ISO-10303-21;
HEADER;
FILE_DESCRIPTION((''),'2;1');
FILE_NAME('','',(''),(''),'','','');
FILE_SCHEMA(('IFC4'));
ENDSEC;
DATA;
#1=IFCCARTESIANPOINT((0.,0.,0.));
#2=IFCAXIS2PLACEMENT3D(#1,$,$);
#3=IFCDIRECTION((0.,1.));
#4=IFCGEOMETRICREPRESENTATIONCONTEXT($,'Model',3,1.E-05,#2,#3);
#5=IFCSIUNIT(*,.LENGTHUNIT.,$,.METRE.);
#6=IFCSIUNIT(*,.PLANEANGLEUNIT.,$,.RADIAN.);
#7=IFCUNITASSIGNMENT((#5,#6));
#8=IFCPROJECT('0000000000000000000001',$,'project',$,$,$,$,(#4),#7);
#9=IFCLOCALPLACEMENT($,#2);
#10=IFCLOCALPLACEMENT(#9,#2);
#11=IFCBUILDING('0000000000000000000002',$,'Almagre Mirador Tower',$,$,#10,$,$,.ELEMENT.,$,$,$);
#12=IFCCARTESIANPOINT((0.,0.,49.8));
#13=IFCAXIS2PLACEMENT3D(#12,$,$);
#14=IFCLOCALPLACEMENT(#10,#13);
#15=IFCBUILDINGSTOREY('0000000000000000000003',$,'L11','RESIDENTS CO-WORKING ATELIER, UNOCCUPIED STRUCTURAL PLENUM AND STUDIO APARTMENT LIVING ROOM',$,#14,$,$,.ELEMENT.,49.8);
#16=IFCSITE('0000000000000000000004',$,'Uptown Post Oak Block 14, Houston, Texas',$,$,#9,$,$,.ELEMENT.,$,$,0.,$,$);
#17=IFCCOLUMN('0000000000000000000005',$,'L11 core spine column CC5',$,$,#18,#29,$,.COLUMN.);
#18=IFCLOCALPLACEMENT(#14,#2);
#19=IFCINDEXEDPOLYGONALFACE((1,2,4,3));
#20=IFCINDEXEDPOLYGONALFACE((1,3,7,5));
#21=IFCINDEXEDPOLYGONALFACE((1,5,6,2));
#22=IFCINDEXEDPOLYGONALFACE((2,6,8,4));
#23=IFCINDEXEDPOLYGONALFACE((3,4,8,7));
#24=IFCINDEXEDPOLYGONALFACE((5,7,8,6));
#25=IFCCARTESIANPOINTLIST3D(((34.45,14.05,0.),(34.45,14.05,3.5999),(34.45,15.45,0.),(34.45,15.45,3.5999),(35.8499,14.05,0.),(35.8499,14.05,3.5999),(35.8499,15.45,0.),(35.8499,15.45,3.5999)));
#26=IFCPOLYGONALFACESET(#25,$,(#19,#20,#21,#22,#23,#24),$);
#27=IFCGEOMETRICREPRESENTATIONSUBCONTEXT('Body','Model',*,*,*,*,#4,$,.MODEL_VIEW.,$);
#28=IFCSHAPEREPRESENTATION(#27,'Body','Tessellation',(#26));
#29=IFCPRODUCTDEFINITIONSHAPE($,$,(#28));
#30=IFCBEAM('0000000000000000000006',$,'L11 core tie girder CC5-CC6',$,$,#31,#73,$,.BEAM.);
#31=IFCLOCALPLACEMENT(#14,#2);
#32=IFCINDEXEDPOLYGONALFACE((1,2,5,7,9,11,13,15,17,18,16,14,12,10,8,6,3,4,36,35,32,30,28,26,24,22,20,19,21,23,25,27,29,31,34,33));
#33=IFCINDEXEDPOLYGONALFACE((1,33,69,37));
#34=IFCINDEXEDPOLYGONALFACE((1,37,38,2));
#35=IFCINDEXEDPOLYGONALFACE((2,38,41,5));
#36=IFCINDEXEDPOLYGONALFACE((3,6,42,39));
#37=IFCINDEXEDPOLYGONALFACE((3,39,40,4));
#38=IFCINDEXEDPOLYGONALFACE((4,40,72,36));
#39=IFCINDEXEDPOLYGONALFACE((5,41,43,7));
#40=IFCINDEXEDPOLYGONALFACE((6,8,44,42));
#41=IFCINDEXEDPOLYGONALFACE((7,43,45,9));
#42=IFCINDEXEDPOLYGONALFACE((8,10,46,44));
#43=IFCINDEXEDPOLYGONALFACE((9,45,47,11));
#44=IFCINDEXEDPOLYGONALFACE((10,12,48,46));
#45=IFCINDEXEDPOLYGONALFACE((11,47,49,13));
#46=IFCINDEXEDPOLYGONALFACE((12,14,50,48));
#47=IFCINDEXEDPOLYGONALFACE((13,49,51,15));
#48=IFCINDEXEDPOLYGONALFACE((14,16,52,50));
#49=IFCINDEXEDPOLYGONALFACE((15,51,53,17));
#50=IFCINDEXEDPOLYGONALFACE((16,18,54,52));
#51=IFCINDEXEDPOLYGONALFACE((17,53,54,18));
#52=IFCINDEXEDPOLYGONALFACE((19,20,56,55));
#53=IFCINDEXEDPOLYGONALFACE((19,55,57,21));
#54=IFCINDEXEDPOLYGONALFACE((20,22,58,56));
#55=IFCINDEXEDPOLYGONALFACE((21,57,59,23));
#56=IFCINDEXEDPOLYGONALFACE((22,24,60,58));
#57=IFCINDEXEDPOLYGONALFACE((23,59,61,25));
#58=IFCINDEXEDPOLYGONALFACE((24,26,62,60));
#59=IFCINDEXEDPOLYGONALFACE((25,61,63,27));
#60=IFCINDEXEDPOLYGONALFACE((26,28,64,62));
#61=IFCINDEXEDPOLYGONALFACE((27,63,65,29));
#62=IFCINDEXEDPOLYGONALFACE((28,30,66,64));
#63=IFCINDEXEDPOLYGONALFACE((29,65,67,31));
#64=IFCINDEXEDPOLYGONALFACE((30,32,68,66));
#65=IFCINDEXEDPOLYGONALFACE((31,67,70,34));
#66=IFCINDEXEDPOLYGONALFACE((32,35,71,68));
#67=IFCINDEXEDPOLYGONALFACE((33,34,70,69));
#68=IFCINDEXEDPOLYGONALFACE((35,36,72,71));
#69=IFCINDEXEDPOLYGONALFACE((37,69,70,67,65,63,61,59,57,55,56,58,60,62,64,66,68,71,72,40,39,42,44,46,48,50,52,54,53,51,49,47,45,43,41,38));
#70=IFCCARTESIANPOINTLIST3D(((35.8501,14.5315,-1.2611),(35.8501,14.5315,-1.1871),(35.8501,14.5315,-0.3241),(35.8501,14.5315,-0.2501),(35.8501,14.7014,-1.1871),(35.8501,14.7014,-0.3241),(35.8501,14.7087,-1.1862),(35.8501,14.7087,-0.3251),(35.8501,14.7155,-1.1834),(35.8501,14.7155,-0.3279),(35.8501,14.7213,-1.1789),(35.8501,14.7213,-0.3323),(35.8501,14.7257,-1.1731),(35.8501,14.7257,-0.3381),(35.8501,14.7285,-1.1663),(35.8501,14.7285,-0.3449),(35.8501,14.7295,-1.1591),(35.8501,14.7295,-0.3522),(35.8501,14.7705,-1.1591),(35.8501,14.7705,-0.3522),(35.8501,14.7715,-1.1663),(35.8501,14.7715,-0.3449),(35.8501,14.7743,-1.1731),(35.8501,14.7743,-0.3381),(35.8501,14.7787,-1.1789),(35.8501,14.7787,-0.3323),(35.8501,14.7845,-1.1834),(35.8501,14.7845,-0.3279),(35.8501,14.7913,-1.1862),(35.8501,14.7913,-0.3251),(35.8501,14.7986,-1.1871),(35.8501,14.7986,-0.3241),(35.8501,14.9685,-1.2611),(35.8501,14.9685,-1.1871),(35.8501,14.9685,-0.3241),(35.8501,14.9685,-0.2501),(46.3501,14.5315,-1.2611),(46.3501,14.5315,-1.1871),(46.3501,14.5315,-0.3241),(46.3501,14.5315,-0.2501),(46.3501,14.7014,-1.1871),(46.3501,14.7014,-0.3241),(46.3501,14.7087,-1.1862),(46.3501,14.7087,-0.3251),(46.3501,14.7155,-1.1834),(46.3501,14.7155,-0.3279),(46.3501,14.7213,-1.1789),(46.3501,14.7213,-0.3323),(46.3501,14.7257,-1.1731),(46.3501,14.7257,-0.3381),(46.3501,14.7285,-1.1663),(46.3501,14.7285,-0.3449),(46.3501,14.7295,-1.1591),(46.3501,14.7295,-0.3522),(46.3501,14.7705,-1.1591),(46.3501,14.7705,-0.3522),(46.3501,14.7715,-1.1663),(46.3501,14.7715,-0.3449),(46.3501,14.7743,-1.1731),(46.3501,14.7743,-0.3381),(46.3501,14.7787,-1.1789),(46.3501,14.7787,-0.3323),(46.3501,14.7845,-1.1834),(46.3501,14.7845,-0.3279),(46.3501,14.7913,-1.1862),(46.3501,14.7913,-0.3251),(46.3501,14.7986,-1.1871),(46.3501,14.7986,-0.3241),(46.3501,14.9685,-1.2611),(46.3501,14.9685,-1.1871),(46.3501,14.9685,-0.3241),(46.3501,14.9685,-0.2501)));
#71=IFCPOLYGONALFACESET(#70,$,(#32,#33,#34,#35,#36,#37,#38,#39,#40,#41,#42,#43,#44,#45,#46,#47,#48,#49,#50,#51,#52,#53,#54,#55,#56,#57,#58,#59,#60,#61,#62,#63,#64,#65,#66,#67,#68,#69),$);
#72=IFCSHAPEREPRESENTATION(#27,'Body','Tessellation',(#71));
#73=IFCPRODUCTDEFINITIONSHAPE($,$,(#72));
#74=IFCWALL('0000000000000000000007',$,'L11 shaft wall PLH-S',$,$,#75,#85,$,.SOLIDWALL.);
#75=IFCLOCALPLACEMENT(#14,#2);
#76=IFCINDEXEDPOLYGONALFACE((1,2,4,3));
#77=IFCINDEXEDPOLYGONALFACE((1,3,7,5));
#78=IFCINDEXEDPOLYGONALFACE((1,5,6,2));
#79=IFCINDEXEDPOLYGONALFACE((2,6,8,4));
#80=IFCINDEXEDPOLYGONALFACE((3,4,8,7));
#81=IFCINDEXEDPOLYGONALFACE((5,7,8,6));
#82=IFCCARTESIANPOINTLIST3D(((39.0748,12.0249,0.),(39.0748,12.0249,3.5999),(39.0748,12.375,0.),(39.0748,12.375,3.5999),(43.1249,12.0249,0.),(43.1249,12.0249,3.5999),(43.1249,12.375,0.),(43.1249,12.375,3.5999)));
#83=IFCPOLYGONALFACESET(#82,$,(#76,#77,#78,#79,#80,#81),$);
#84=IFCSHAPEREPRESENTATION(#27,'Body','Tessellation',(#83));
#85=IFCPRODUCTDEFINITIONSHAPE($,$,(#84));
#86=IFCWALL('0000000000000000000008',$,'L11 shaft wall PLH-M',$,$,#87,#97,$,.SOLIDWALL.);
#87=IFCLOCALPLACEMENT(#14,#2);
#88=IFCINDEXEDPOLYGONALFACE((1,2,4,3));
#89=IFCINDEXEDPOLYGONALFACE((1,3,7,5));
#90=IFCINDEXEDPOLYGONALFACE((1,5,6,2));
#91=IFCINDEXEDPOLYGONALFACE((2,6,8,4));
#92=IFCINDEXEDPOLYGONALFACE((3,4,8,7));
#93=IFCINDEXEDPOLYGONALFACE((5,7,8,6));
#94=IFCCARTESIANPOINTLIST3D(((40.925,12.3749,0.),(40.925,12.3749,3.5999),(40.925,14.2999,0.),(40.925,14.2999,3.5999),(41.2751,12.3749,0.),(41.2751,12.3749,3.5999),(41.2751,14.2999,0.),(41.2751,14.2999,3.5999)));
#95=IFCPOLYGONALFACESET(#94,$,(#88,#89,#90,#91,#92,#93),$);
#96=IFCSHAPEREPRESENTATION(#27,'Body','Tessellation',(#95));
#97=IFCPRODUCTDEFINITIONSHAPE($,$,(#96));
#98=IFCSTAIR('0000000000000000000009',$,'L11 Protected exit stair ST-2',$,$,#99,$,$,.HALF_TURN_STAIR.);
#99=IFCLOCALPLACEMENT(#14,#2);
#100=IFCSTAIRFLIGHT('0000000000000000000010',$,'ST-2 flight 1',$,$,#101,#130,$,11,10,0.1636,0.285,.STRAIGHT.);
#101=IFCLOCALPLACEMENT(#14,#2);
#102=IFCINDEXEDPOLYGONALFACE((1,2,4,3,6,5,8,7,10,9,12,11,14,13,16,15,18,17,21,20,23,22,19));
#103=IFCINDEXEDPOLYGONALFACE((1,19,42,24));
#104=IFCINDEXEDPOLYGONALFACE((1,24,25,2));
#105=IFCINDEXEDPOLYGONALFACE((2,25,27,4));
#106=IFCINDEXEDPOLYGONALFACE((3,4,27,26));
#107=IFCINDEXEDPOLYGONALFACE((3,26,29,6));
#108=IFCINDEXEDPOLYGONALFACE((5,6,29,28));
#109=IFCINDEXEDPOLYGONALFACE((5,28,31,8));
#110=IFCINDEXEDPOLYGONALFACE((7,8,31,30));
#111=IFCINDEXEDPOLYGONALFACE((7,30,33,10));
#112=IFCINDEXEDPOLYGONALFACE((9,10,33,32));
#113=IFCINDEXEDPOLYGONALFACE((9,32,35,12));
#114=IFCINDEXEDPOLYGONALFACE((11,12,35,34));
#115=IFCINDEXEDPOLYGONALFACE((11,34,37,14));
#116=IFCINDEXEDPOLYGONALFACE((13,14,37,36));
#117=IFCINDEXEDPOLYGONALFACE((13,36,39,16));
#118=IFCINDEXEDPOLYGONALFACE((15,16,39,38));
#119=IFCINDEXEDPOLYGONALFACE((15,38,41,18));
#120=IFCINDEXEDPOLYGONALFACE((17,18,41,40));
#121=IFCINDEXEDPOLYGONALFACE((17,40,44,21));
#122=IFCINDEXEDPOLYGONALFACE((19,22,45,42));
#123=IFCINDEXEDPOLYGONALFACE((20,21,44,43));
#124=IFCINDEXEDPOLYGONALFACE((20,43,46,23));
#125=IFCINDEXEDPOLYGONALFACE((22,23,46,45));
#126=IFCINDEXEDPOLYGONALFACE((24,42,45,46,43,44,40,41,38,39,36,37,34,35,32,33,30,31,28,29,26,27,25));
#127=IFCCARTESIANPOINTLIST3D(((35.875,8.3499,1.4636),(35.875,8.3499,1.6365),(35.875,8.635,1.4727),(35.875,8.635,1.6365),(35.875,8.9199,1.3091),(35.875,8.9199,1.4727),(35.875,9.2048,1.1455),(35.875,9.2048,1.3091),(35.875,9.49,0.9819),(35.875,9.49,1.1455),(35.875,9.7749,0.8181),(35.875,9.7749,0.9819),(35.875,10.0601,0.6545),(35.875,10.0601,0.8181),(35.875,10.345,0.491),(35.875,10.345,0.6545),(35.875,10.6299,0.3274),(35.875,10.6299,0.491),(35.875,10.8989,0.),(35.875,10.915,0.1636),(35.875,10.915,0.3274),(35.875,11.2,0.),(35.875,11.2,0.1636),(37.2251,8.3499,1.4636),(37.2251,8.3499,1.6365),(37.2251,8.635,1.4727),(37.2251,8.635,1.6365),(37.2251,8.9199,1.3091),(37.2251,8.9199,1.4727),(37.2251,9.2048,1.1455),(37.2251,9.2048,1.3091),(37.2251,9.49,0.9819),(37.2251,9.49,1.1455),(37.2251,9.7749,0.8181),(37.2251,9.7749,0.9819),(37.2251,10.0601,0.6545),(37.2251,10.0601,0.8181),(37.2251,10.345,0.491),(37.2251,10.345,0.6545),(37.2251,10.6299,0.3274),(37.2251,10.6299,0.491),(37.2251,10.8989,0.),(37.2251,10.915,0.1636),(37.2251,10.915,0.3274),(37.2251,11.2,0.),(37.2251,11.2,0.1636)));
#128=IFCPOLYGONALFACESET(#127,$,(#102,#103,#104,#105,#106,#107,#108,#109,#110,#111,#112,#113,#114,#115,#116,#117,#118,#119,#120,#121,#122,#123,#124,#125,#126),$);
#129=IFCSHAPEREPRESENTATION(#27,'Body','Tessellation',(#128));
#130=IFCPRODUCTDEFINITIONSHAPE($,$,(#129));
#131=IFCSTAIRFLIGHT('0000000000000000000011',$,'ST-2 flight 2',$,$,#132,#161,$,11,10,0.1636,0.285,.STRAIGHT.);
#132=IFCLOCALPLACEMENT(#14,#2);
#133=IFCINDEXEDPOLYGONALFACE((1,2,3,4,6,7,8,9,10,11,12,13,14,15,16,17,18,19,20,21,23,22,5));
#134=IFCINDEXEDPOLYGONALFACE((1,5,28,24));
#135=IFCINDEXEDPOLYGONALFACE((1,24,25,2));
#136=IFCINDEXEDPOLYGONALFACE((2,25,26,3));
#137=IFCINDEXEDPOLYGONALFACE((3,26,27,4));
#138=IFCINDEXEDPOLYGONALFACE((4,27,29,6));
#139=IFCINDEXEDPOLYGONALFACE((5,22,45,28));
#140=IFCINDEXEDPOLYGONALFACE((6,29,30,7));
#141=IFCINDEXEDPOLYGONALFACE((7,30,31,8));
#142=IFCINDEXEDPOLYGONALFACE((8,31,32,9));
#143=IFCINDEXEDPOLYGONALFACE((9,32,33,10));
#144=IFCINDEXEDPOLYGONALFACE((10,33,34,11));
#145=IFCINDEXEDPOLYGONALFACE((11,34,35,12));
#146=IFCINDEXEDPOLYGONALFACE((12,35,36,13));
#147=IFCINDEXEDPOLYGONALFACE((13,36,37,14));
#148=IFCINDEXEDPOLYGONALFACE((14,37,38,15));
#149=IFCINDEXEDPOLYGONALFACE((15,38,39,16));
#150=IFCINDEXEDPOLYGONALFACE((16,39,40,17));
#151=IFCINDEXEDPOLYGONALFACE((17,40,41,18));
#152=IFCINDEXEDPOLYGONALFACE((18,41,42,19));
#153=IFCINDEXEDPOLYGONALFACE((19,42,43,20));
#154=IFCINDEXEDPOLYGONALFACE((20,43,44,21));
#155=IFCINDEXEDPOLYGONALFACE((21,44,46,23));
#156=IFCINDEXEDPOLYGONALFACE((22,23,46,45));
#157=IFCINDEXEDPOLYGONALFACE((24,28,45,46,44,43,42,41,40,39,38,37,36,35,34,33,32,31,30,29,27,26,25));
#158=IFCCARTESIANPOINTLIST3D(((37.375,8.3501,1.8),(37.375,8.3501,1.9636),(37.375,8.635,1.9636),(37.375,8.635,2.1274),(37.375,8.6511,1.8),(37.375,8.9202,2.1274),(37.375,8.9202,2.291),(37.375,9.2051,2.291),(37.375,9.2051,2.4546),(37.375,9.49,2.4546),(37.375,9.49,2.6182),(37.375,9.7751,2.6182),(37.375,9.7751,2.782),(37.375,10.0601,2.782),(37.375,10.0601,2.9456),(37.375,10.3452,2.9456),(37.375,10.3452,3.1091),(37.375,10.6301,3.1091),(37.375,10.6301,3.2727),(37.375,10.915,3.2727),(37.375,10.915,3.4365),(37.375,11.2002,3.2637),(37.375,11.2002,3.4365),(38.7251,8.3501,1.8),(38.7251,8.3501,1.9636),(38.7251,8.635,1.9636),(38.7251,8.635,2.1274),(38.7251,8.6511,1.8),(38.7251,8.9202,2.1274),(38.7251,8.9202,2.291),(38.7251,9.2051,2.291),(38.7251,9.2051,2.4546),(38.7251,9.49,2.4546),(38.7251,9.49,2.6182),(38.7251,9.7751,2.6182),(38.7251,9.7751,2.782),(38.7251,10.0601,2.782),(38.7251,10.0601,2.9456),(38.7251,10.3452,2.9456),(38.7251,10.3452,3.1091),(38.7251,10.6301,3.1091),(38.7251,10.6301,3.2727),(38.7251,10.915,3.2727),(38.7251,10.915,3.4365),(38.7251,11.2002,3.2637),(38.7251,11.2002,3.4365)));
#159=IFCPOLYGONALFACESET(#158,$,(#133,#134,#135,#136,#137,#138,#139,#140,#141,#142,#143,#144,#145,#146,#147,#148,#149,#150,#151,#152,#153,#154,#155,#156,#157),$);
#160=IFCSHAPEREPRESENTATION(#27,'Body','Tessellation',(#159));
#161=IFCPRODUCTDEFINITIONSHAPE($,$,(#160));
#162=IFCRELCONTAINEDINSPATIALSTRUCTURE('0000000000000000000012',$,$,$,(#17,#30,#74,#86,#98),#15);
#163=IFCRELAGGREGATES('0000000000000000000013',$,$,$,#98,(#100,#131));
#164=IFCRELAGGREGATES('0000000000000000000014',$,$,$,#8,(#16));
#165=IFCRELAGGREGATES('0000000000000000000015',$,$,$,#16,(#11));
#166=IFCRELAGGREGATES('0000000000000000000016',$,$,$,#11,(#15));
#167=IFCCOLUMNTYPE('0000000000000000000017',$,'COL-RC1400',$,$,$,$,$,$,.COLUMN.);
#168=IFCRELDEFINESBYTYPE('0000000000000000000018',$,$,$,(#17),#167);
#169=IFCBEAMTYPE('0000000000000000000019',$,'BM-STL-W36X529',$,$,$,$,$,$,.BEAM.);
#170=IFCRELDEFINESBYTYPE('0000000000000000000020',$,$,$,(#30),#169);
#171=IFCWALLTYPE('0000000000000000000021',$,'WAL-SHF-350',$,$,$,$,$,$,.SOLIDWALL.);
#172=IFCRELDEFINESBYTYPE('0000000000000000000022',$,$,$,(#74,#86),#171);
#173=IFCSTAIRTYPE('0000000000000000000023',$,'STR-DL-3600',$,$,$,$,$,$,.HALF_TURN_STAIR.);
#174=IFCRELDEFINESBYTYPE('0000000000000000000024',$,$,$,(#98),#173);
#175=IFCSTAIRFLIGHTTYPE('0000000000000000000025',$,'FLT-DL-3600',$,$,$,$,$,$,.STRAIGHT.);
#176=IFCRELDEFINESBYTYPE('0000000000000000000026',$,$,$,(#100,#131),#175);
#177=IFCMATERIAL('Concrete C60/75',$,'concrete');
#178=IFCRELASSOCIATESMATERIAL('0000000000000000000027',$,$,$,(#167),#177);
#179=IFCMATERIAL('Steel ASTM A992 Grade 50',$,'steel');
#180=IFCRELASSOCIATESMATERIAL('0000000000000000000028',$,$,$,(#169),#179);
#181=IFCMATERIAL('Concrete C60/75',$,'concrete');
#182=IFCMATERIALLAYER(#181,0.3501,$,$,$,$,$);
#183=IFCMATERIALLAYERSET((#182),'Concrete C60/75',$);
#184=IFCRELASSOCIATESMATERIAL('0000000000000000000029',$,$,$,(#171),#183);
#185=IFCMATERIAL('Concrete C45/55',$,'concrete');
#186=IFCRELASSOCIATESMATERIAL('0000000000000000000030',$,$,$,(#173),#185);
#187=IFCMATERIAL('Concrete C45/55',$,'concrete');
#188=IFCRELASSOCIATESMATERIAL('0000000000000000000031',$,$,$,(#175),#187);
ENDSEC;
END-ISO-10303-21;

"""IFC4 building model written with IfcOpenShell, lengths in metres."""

from ifc_helpers import new_model, si_unit, direction, frame, frame_2d, origin, origin_2d, place, context, subcontext, project, spatial, polyline, rectangle, i_section, outline, extrude, material, layer, layer_set, material_profile, profile_set, type_object, element, aggregate, save


model = new_model("IFC4")

# Units and contexts
model_context = context("Model", 3, precision=1e-05, world=origin(), true_north=direction((0.0, 1.0)))
body_context = subcontext(model_context, "Body", "Model", "MODEL_VIEW")
ifc_project = project(units=[si_unit("LENGTHUNIT", "METRE"), si_unit("PLANEANGLEUNIT", "RADIAN")], contexts=[model_context])

# Site, building, storey
site_placement = place(None, origin())
site = spatial("IfcSite", under=ifc_project, at=site_placement, Name="Uptown Post Oak Block 14, Houston, Texas", CompositionType="ELEMENT", RefElevation=0.0)
building_placement = place(site_placement, origin())
building = spatial("IfcBuilding", under=site, at=building_placement, Name="Almagre Mirador Tower", CompositionType="ELEMENT")
storey_placement = place(building_placement, frame((0.0, 0.0, 49.8)))
storey = spatial("IfcBuildingStorey", under=building, at=storey_placement, Name="L11", Description="RESIDENTS CO-WORKING ATELIER, UNOCCUPIED STRUCTURAL PLENUM AND STUDIO APARTMENT LIVING ROOM", CompositionType="ELEMENT", Elevation=49.8)

# Column
ifc_material_1 = material(Name="Concrete C60/75", Category="concrete")
ifc_material_profile_1 = material_profile(ifc_material_1, rectangle(XDim=1.3999, YDim=1.3999, at=origin_2d()), Name="RC1400X1400")
ifc_profile_set_1 = profile_set([ifc_material_profile_1], Name="Concrete C60/75")
column_type = type_object("IfcColumnType", Name="COL-RC1400", PredefinedType="COLUMN", material=ifc_profile_set_1)
column_placement = place(storey_placement, frame((35.1499, 14.75, 0.0), z_axis=(0.0, 0.0, 1.0), x_axis=(1.0, 0.0, 0.0)))
element("IfcColumn", 1, at=column_placement, inside=storey, type_object=column_type, Name="L11 core spine column CC5", PredefinedType="COLUMN", context=body_context, shape_type="SweptSolid", body=[
    extrude(rectangle(XDim=1.3999, YDim=1.3999, at=origin_2d()), origin(), (0.0, 0.0, 1.0), 3.5999),
])

# Beam
ifc_material_2 = material(Name="Steel ASTM A992 Grade 50", Category="steel")
ifc_material_profile_2 = material_profile(ifc_material_2, i_section(OverallWidth=0.437, OverallDepth=1.011, WebThickness=0.041, FlangeThickness=0.074, FilletRadius=0.0281, at=origin_2d()), Name="W36X529")
ifc_profile_set_2 = profile_set([ifc_material_profile_2], Name="Steel ASTM A992 Grade 50")
beam_type = type_object("IfcBeamType", Name="BM-STL-W36X529", PredefinedType="BEAM", material=ifc_profile_set_2)
beam_placement = place(storey_placement, frame((35.8501, 14.75, -0.7556), z_axis=(1.0, 0.0, 0.0), x_axis=(0.0, 1.0, 0.0)))
element("IfcBeam", 2, at=beam_placement, inside=storey, type_object=beam_type, Name="L11 core tie girder CC5-CC6", PredefinedType="BEAM", context=body_context, shape_type="SweptSolid", body=[
    extrude(i_section(OverallWidth=0.437, OverallDepth=1.011, WebThickness=0.041, FlangeThickness=0.074, FilletRadius=0.0281, at=origin_2d()), origin(), (0.0, 0.0, 1.0), 10.5),
])

# Walls
ifc_material_3 = material(Name="Concrete C60/75", Category="concrete")
ifc_layer_1 = layer(ifc_material_3, 0.3501)
ifc_layer_set_1 = layer_set([ifc_layer_1], Name="Concrete C60/75")
wall_type_1 = type_object("IfcWallType", Name="WAL-SHF-350", PredefinedType="SOLIDWALL", material=ifc_layer_set_1)
wall_1_placement = place(storey_placement, frame((39.075, 12.2, 0.0), z_axis=(0.0, 0.0, 1.0), x_axis=(1.0, 0.0, 0.0)))
element("IfcWall", 3, at=wall_1_placement, inside=storey, type_object=wall_type_1, Name="L11 shaft wall PLH-S", PredefinedType="SOLIDWALL", context=body_context, shape_type="SweptSolid", body=[
    extrude(rectangle(XDim=4.05, YDim=0.3501, at=frame_2d((2.0249, 0.0))), origin(), (0.0, 0.0, 1.0), 3.5999),
])
wall_2_placement = place(storey_placement, frame((41.1001, 12.375, 0.0), z_axis=(0.0, 0.0, 1.0), x_axis=(0.0, 1.0, 0.0)))
element("IfcWall", 4, at=wall_2_placement, inside=storey, type_object=wall_type_1, Name="L11 shaft wall PLH-M", PredefinedType="SOLIDWALL", context=body_context, shape_type="SweptSolid", body=[
    extrude(rectangle(XDim=1.925, YDim=0.3501, at=frame_2d((0.9624, 0.0))), origin(), (0.0, 0.0, 1.0), 3.5999),
])

# Stair, stair flights
ifc_material_4 = material(Name="Concrete C45/55", Category="concrete")
stair_type = type_object("IfcStairType", Name="STR-DL-3600", PredefinedType="HALF_TURN_STAIR", material=ifc_material_4)
stair_1_placement = place(storey_placement, origin())
stair_1 = element("IfcStair", 5, at=stair_1_placement, inside=storey, type_object=stair_type, Name="L11 Protected exit stair ST-2", PredefinedType="HALF_TURN_STAIR")
ifc_material_5 = material(Name="Concrete C45/55", Category="concrete")
stair_flight_type = type_object("IfcStairFlightType", Name="FLT-DL-3600", PredefinedType="STRAIGHT", material=ifc_material_5)
stair_flight_1_placement = place(storey_placement, frame((36.55, 11.2, 0.0), z_axis=(0.0, 0.0, 1.0), x_axis=(0.0, -1.0, 0.0)))
stair_flight_1 = element("IfcStairFlight", 6, at=stair_flight_1_placement, type_object=stair_flight_type, Name="ST-2 flight 1", NumberOfRisers=11, NumberOfTreads=10, PredefinedType="STRAIGHT", RiserHeight=0.1636, TreadLength=0.285, context=body_context, shape_type="SweptSolid", body=[
    extrude(outline(polyline([(0.0, 0.0), (0.0, 0.1636), (0.2849, 0.1636), (0.2849, 0.3274), (0.5701, 0.3274), (0.5701, 0.491), (0.855, 0.491), (0.855, 0.6545), (1.1399, 0.6545), (1.1399, 0.8181), (1.425, 0.8181), (1.425, 0.9819), (1.71, 0.9819), (1.71, 1.1455), (1.9951, 1.1455), (1.9951, 1.3091), (2.28, 1.3091), (2.28, 1.4727), (2.5649, 1.4727), (2.5649, 1.6365), (2.8501, 1.6365), (2.8501, 1.8), (2.8501, 1.4636), (0.301, 0.0), (0.0, 0.0)])), frame((0.0, 0.675, 0.0), z_axis=(0.0, -1.0, 0.0), x_axis=(1.0, 0.0, 0.0)), (0.0, 0.0, 1.0), 1.3501),
])
stair_flight_2_placement = place(storey_placement, frame((38.05, 8.3501, 1.8), z_axis=(0.0, 0.0, 1.0), x_axis=(0.0, 1.0, 0.0)))
stair_flight_2 = element("IfcStairFlight", 7, at=stair_flight_2_placement, type_object=stair_flight_type, Name="ST-2 flight 2", NumberOfRisers=11, NumberOfTreads=10, PredefinedType="STRAIGHT", RiserHeight=0.1636, TreadLength=0.285, context=body_context, shape_type="SweptSolid", body=[
    extrude(outline(polyline([(0.0, 0.0), (0.0, 0.1636), (0.2849, 0.1636), (0.2849, 0.3274), (0.5701, 0.3274), (0.5701, 0.491), (0.855, 0.491), (0.855, 0.6545), (1.1399, 0.6545), (1.1399, 0.8181), (1.425, 0.8181), (1.425, 0.9819), (1.71, 0.9819), (1.71, 1.1455), (1.9951, 1.1455), (1.9951, 1.3091), (2.28, 1.3091), (2.28, 1.4727), (2.5649, 1.4727), (2.5649, 1.6365), (2.8501, 1.6365), (2.8501, 1.8), (2.8501, 1.4636), (0.301, 0.0), (0.0, 0.0)])), frame((0.0, 0.675, 0.0), z_axis=(0.0, -1.0, 0.0), x_axis=(1.0, 0.0, 0.0)), (0.0, 0.0, 1.0), 1.3501),
])
aggregate(stair_1, [stair_flight_1, stair_flight_2])

save(model, "model.ifc")
